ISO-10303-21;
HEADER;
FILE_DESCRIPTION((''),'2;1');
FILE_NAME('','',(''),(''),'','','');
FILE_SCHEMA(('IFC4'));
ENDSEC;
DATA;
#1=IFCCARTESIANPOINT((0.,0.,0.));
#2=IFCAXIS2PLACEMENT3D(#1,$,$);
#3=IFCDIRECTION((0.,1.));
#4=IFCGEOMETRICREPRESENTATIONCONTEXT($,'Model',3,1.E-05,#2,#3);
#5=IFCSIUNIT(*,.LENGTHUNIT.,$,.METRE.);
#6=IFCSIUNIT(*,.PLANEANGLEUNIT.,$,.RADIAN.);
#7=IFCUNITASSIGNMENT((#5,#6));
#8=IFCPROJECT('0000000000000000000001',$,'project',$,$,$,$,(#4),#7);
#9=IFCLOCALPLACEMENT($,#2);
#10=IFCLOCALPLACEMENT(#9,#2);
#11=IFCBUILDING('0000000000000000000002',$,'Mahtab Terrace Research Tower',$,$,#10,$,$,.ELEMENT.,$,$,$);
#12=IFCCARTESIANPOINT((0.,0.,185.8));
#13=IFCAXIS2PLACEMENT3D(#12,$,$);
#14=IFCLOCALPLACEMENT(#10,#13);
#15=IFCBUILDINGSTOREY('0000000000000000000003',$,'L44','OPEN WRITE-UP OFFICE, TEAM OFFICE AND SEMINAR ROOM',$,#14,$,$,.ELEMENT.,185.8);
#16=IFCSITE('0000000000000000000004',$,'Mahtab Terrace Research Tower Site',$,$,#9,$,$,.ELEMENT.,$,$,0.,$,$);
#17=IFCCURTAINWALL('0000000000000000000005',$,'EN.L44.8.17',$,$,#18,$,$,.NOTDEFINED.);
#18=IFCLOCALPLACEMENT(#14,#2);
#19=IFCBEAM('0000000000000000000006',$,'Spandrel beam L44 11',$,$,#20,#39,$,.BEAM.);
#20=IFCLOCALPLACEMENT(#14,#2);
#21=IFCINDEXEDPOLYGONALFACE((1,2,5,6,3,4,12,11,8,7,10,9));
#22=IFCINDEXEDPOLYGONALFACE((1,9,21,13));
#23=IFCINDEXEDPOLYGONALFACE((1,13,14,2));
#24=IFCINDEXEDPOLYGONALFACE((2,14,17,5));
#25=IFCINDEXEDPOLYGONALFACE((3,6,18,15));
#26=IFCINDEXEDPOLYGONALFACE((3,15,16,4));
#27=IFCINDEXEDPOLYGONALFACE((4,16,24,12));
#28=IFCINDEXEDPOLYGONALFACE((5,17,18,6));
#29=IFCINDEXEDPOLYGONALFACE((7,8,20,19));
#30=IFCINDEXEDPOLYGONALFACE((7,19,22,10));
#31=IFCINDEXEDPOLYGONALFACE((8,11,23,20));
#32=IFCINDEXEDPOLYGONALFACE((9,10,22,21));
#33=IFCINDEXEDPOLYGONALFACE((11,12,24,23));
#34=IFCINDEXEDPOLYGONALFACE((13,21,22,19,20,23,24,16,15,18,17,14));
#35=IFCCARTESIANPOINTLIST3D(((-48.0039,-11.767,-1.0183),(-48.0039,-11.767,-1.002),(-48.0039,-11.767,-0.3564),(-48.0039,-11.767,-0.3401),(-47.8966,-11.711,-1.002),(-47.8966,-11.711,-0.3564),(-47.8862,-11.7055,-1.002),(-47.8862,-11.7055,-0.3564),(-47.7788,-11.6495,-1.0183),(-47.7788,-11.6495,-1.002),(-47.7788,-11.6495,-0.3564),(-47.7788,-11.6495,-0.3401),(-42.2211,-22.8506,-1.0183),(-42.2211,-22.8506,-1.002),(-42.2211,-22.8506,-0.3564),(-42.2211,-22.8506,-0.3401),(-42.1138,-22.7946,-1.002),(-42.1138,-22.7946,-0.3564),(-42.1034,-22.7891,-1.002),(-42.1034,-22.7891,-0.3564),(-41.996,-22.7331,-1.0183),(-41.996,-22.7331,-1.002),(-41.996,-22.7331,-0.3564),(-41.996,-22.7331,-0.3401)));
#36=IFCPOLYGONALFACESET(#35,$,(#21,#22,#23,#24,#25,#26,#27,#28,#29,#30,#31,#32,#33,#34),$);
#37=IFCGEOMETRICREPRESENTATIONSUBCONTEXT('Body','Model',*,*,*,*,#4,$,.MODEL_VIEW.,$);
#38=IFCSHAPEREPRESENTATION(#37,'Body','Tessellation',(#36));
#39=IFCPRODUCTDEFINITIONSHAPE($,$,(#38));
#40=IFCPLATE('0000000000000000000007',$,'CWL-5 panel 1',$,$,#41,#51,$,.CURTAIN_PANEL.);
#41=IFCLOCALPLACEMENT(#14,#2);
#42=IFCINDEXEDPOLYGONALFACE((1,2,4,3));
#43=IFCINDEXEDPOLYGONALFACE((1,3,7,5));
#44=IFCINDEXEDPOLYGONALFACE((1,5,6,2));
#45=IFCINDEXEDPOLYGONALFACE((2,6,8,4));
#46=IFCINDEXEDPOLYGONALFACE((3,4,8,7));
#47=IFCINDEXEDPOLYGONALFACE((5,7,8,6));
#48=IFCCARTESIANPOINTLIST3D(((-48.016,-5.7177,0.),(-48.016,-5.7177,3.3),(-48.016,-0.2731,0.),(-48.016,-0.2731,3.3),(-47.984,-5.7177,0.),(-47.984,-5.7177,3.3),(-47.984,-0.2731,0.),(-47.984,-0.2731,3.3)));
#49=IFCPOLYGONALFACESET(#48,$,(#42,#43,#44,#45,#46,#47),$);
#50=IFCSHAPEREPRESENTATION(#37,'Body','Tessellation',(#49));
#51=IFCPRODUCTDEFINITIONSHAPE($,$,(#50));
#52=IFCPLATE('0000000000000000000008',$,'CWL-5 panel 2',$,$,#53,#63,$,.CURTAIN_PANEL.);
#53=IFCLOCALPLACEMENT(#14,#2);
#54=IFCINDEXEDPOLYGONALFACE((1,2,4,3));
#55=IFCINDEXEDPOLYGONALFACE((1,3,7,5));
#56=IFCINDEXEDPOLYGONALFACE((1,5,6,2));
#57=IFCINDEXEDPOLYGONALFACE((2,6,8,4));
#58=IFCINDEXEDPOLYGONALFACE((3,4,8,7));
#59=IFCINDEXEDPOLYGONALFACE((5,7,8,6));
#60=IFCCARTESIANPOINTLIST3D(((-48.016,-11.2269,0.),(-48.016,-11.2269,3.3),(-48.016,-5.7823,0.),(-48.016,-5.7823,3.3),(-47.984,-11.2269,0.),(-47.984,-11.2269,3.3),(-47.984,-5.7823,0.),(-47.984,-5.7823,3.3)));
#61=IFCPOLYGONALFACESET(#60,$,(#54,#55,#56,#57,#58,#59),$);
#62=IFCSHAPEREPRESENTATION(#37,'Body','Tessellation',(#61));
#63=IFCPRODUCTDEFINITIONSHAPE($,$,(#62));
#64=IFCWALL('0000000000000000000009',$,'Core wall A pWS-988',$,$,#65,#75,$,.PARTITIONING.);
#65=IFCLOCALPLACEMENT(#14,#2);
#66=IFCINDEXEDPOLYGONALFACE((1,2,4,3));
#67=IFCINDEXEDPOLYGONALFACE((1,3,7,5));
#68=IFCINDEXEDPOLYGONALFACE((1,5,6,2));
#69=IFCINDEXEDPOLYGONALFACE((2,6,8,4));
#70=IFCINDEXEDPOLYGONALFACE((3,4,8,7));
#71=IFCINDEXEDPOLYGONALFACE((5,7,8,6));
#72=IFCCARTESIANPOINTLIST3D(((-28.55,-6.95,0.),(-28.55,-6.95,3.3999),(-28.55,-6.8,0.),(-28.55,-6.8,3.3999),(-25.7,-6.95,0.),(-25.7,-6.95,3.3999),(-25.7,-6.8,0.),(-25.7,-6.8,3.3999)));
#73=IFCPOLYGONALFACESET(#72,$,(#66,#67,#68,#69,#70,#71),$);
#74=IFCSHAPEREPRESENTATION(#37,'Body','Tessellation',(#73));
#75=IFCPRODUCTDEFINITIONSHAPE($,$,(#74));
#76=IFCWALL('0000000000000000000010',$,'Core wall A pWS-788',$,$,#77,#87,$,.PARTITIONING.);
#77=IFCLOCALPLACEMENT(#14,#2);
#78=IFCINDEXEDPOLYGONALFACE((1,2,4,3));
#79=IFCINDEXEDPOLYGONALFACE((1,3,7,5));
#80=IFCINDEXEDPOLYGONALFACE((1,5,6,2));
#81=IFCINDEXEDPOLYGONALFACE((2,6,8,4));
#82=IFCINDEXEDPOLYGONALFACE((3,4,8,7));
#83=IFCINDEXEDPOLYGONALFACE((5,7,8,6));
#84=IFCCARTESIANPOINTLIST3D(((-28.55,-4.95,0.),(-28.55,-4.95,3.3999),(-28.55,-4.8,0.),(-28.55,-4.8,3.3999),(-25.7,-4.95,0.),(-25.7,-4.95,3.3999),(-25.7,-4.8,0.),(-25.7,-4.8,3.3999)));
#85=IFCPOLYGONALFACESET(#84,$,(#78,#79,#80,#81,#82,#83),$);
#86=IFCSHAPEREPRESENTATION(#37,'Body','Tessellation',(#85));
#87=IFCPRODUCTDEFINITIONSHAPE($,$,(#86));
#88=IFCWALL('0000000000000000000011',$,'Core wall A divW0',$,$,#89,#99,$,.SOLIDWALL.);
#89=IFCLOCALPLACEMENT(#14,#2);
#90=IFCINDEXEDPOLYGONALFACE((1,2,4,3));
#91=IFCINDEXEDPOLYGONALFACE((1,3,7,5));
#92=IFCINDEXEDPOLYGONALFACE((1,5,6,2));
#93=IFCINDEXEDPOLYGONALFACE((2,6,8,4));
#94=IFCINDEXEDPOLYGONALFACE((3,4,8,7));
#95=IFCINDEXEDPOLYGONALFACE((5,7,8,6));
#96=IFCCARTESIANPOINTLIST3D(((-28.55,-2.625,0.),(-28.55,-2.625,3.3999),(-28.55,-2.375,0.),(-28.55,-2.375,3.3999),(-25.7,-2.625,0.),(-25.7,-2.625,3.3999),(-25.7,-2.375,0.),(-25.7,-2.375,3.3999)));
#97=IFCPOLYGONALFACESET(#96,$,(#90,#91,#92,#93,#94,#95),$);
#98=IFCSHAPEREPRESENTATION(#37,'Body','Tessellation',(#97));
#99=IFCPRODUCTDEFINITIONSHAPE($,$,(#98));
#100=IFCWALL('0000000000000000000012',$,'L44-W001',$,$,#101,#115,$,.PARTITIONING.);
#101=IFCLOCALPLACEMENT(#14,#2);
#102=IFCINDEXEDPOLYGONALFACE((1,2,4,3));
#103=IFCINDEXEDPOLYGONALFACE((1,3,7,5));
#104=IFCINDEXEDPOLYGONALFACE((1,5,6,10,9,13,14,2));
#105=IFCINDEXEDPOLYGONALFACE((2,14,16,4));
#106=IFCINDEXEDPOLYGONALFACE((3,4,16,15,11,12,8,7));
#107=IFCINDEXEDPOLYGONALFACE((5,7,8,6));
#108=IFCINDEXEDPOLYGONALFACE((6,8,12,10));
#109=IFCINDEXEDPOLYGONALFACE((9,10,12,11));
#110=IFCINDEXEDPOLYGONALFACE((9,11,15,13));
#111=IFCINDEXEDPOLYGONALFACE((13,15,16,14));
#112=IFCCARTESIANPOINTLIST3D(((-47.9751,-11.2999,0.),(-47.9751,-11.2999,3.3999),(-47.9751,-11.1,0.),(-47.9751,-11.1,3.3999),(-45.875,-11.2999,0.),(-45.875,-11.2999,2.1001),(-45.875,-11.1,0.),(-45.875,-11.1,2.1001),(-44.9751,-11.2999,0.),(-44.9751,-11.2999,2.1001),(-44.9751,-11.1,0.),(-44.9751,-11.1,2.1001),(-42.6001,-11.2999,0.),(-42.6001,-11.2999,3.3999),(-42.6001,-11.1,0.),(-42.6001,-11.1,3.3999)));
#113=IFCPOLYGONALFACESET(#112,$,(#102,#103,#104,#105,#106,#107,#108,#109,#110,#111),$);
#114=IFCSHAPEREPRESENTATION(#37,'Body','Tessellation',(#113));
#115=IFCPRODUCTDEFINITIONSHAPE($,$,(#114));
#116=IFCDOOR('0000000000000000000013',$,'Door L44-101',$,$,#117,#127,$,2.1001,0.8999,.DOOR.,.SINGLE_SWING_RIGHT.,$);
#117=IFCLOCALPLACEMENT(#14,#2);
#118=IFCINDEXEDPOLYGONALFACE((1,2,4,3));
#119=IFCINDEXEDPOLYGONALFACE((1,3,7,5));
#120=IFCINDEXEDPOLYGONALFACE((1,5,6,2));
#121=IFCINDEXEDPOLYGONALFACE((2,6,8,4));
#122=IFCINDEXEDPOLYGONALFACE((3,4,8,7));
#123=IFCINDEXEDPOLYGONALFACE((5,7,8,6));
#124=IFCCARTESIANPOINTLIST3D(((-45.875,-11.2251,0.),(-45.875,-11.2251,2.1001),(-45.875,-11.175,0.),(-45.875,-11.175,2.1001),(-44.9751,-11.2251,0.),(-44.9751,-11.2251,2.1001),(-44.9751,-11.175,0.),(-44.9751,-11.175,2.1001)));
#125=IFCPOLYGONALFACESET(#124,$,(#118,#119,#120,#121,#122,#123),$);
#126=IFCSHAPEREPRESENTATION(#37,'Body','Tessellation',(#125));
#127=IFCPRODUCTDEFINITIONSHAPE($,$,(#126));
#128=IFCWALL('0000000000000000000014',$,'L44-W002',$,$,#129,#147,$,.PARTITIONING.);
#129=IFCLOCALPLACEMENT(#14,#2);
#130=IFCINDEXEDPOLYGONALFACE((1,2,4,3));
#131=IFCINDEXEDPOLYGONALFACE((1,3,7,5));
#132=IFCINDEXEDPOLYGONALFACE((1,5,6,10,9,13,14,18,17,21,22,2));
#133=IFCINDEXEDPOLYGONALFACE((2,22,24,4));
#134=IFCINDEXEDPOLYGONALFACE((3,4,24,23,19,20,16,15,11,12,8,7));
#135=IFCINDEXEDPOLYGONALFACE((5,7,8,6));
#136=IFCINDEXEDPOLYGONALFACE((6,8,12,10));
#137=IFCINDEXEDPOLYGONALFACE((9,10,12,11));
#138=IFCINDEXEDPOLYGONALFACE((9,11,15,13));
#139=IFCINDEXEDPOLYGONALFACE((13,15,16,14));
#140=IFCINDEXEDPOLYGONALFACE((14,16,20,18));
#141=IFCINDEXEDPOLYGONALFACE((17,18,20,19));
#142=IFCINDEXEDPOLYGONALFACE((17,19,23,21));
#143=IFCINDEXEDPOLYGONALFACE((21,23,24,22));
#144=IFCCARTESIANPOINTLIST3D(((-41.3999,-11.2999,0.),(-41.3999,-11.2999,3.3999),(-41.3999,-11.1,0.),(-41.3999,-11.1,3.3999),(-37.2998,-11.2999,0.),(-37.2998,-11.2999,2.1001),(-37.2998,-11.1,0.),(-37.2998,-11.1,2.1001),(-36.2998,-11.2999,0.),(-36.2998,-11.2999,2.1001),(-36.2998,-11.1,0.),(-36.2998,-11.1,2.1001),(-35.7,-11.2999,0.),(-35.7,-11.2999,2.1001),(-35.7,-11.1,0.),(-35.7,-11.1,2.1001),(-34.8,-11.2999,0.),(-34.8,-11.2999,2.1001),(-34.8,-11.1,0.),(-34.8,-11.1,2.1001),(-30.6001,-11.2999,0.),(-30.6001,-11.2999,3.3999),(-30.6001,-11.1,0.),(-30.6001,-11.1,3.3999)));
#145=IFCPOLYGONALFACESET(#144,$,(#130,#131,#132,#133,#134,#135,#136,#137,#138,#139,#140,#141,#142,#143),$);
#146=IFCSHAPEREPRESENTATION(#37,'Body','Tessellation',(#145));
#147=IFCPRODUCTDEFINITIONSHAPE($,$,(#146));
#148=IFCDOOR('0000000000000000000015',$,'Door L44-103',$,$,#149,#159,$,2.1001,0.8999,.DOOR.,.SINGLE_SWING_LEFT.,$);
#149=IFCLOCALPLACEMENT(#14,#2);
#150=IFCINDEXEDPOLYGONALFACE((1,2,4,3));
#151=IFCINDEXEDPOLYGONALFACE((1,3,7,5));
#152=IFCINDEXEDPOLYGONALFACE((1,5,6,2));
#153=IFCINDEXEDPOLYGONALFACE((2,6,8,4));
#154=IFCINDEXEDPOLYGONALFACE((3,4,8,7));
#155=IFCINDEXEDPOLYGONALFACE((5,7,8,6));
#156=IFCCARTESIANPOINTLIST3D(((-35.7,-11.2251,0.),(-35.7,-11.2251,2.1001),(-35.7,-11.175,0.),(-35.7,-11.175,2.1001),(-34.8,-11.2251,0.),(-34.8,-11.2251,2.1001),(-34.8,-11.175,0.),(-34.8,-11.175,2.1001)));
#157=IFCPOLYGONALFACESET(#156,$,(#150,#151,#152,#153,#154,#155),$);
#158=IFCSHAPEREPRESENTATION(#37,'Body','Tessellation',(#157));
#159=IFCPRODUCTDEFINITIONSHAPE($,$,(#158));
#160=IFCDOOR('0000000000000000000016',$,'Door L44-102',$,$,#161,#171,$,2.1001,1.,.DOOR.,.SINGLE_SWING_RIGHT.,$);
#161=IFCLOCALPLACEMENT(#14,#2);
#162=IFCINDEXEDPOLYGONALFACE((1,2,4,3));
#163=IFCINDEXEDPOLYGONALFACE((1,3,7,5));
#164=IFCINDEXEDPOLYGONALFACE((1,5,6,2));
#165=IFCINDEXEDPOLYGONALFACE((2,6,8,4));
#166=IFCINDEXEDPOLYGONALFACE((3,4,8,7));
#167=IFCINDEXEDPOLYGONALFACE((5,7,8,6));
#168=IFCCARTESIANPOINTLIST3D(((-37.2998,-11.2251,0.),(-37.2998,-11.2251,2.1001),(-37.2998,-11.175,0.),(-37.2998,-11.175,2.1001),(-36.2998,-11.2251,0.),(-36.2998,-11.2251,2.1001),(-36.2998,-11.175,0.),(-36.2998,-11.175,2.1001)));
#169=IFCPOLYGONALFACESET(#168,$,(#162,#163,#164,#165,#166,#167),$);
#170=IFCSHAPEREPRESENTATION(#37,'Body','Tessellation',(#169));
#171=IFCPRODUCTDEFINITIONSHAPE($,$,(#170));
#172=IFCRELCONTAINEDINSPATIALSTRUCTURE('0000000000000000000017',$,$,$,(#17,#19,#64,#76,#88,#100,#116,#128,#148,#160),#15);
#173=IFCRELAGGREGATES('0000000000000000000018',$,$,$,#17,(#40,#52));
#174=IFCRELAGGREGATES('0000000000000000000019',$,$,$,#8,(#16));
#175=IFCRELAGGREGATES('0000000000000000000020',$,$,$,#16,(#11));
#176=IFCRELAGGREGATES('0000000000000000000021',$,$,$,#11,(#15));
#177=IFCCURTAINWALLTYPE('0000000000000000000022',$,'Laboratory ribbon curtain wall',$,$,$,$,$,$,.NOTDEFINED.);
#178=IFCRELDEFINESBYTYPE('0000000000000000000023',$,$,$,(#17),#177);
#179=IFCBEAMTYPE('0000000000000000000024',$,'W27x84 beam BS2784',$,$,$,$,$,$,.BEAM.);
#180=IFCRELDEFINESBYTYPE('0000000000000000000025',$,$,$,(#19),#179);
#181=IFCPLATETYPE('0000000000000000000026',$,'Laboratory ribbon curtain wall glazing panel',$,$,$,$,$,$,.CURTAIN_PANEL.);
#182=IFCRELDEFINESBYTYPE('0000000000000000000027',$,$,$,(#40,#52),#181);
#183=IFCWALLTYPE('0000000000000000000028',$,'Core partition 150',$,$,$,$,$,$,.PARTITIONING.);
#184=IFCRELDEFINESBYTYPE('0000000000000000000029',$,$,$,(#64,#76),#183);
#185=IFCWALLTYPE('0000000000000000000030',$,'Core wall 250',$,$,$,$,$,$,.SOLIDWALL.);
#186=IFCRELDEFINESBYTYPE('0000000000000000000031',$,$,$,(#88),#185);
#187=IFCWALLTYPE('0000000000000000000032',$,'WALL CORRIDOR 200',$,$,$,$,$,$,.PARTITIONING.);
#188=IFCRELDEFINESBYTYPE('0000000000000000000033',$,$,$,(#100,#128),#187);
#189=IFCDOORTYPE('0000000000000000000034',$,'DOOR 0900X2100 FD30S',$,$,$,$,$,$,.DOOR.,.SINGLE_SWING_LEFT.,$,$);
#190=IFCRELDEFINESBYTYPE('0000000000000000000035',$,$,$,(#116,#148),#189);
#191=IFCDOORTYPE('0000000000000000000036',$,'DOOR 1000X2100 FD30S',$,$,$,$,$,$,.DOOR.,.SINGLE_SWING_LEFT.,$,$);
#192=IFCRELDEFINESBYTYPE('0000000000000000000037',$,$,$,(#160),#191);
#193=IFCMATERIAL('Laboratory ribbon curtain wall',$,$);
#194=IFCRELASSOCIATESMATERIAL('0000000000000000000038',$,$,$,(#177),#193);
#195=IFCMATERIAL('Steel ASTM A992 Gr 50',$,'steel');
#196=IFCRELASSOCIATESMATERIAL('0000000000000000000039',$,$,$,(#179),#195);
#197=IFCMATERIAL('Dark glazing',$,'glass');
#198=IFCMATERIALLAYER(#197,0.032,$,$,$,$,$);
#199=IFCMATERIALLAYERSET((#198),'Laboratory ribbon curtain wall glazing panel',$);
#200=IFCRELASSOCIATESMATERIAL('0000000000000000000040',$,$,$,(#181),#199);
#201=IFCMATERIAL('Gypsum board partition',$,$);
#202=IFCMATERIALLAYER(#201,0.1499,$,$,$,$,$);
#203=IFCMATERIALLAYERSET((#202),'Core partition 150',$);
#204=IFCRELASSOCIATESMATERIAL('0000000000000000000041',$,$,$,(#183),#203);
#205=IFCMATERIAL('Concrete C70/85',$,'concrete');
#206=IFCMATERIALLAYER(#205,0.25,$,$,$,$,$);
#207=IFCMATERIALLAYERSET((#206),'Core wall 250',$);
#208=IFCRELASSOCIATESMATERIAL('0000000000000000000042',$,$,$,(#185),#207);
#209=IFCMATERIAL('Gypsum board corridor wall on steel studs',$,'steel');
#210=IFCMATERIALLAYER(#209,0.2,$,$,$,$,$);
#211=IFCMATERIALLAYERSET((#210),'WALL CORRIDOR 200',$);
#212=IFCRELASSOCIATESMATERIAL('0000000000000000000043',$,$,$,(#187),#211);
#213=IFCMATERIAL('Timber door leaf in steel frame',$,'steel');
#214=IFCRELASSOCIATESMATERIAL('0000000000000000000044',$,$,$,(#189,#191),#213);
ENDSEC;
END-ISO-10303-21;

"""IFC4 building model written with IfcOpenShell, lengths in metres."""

from ifc_helpers import new_model, si_unit, direction, frame, frame_2d, origin, origin_2d, place, context, subcontext, project, spatial, rectangle, i_section, extrude, material, layer, layer_set, material_profile, profile_set, type_object, element, fill, aggregate, save


model = new_model("IFC4")

# Units and contexts
model_context = context("Model", 3, precision=1e-05, world=origin(), true_north=direction((0.0, 1.0)))
body_context = subcontext(model_context, "Body", "Model", "MODEL_VIEW")
ifc_project = project(units=[si_unit("LENGTHUNIT", "METRE"), si_unit("PLANEANGLEUNIT", "RADIAN")], contexts=[model_context])

# Site, building, storey
site_placement = place(None, origin())
site = spatial("IfcSite", under=ifc_project, at=site_placement, Name="Mahtab Terrace Research Tower Site", CompositionType="ELEMENT", RefElevation=0.0)
building_placement = place(site_placement, origin())
building = spatial("IfcBuilding", under=site, at=building_placement, Name="Mahtab Terrace Research Tower", CompositionType="ELEMENT")
storey_placement = place(building_placement, frame((0.0, 0.0, 185.8)))
storey = spatial("IfcBuildingStorey", under=building, at=storey_placement, Name="L44", Description="OPEN WRITE-UP OFFICE, TEAM OFFICE AND SEMINAR ROOM", CompositionType="ELEMENT", Elevation=185.8)

# Shared definitions
ifc_material_1 = material(Name="Concrete C70/85", Category="concrete")
ifc_material_2 = material(Name="Steel ASTM A992 Gr 50", Category="steel")

# Curtain wall
ifc_material_3 = material(Name="Laboratory ribbon curtain wall")
curtain_wall_type = type_object("IfcCurtainWallType", Name="Laboratory ribbon curtain wall", PredefinedType="NOTDEFINED", material=ifc_material_3)
curtain_wall_1_placement = place(storey_placement, origin())
curtain_wall_1 = element("IfcCurtainWall", 1, at=curtain_wall_1_placement, inside=storey, type_object=curtain_wall_type, Name="EN.L44.8.17", PredefinedType="NOTDEFINED")

# Beam
ifc_material_profile_1 = material_profile(ifc_material_2, i_section(OverallWidth=0.2539, OverallDepth=0.6782, WebThickness=0.0117, FlangeThickness=0.0164, at=origin_2d()), Name="W27X84")
ifc_profile_set_1 = profile_set([ifc_material_profile_1], Name="Steel ASTM A992 Gr 50")
beam_type = type_object("IfcBeamType", Name="W27x84 beam BS2784", PredefinedType="BEAM", material=ifc_profile_set_1)
beam_1_placement = place(storey_placement, frame((-47.8914, -11.7083, -0.6792), z_axis=(0.462567, -0.886584, 0.0), x_axis=(0.886584, 0.462567, 0.0)))
element("IfcBeam", 2, at=beam_1_placement, inside=storey, type_object=beam_type, Name="Spandrel beam L44 11", PredefinedType="BEAM", context=body_context, shape_type="SweptSolid", body=[
    extrude(i_section(OverallWidth=0.2539, OverallDepth=0.6782, WebThickness=0.0117, FlangeThickness=0.0164, at=origin_2d()), origin(), (0.0, 0.0, 1.0), 12.5015),
])

# Plates
ifc_material_4 = material(Name="Dark glazing", Category="glass")
ifc_layer_1 = layer(ifc_material_4, 0.032)
ifc_layer_set_1 = layer_set([ifc_layer_1], Name="Laboratory ribbon curtain wall glazing panel")
plate_type = type_object("IfcPlateType", Name="Laboratory ribbon curtain wall glazing panel", PredefinedType="CURTAIN_PANEL", material=ifc_layer_set_1)
plate_1_placement = place(storey_placement, frame((-48.0, -2.9954, 0.0), z_axis=(0.0, 0.0, 1.0), x_axis=(0.0, -1.0, 0.0)))
plate_1 = element("IfcPlate", 3, at=plate_1_placement, type_object=plate_type, Name="CWL-5 panel 1", PredefinedType="CURTAIN_PANEL", context=body_context, shape_type="SweptSolid", body=[
    extrude(rectangle(XDim=5.4446, YDim=0.032, at=origin_2d()), origin(), (0.0, 0.0, 1.0), 3.3),
])
plate_2_placement = place(storey_placement, frame((-48.0, -8.5046, 0.0), z_axis=(0.0, 0.0, 1.0), x_axis=(0.0, -1.0, 0.0)))
plate_2 = element("IfcPlate", 4, at=plate_2_placement, type_object=plate_type, Name="CWL-5 panel 2", PredefinedType="CURTAIN_PANEL", context=body_context, shape_type="SweptSolid", body=[
    extrude(rectangle(XDim=5.4446, YDim=0.032, at=origin_2d()), origin(), (0.0, 0.0, 1.0), 3.3),
])
aggregate(curtain_wall_1, [plate_1, plate_2])

# Walls
ifc_material_5 = material(Name="Gypsum board partition")
ifc_layer_2 = layer(ifc_material_5, 0.1499)
ifc_layer_set_2 = layer_set([ifc_layer_2], Name="Core partition 150")
wall_type_1 = type_object("IfcWallType", Name="Core partition 150", PredefinedType="PARTITIONING", material=ifc_layer_set_2)
for number, where, z_axis, x_axis, name in (
    (5, (-28.55, -6.875, 0.0), (0.0, 0.0, 1.0), (1.0, 0.0, 0.0), "Core wall A pWS-988"),
    (6, (-28.55, -4.875, 0.0), (0.0, 0.0, 1.0), (1.0, 0.0, 0.0), "Core wall A pWS-788"),
):
    element("IfcWall", number, at=place(storey_placement, frame(where, z_axis=z_axis, x_axis=x_axis)), inside=storey, type_object=wall_type_1, Name=name, PredefinedType="PARTITIONING", context=body_context, shape_type="SweptSolid", body=[
        extrude(rectangle(XDim=2.8501, YDim=0.1499, at=frame_2d((1.425, 0.0))), origin(), (0.0, 0.0, 1.0), 3.3999),
    ])
ifc_layer_3 = layer(ifc_material_1, 0.25)
ifc_layer_set_3 = layer_set([ifc_layer_3], Name="Core wall 250")
wall_type_2 = type_object("IfcWallType", Name="Core wall 250", PredefinedType="SOLIDWALL", material=ifc_layer_set_3)
wall_1_placement = place(storey_placement, frame((-28.55, -2.5, 0.0), z_axis=(0.0, 0.0, 1.0), x_axis=(1.0, 0.0, 0.0)))
element("IfcWall", 7, at=wall_1_placement, inside=storey, type_object=wall_type_2, Name="Core wall A divW0", PredefinedType="SOLIDWALL", context=body_context, shape_type="SweptSolid", body=[
    extrude(rectangle(XDim=2.8501, YDim=0.25, at=frame_2d((1.425, 0.0))), origin(), (0.0, 0.0, 1.0), 3.3999),
])

# Wall, opening, door
ifc_material_6 = material(Name="Gypsum board corridor wall on steel studs", Category="steel")
ifc_layer_4 = layer(ifc_material_6, 0.2)
ifc_layer_set_4 = layer_set([ifc_layer_4], Name="WALL CORRIDOR 200")
wall_type_3 = type_object("IfcWallType", Name="WALL CORRIDOR 200", PredefinedType="PARTITIONING", material=ifc_layer_set_4)
wall_2_placement = place(storey_placement, frame((-47.9751, -11.2, 0.0), z_axis=(0.0, 0.0, 1.0), x_axis=(1.0, 0.0, 0.0)))
wall_2 = element("IfcWall", 8, at=wall_2_placement, inside=storey, type_object=wall_type_3, Name="L44-W001", PredefinedType="PARTITIONING", context=body_context, shape_type="SweptSolid", body=[
    extrude(rectangle(XDim=5.375, YDim=0.2, at=frame_2d((2.6875, 0.0))), origin(), (0.0, 0.0, 1.0), 3.3999),
])
opening_1_placement = place(wall_2_placement, frame((2.1001, 0.0, 0.0)))
opening_1 = element("IfcOpeningElement", 9, at=opening_1_placement, cuts=wall_2, PredefinedType="OPENING", context=body_context, shape_type="SweptSolid", body=[
    extrude(rectangle(XDim=0.8999, YDim=2.1001, at=frame_2d((0.45, 1.05))), frame((0.0, 0.1099, 0.0), z_axis=(0.0, -1.0, 0.0), x_axis=(1.0, 0.0, 0.0)), (0.0, 0.0, 1.0), 0.22),
])
ifc_material_7 = material(Name="Timber door leaf in steel frame", Category="steel")
door_type_1 = type_object("IfcDoorType", Name="DOOR 0900X2100 FD30S", OperationType="SINGLE_SWING_LEFT", PredefinedType="DOOR", material=ifc_material_7)
door_1_placement = place(opening_1_placement, origin())
door_1 = element("IfcDoor", 10, at=door_1_placement, inside=storey, type_object=door_type_1, Name="Door L44-101", OperationType="SINGLE_SWING_RIGHT", OverallHeight=2.1001, OverallWidth=0.8999, PredefinedType="DOOR", context=body_context, shape_type="SweptSolid", body=[
    extrude(rectangle(XDim=0.8999, YDim=2.1001, at=frame_2d((0.45, 1.05))), frame((0.0, 0.0249, 0.0), z_axis=(0.0, -1.0, 0.0), x_axis=(1.0, 0.0, 0.0)), (0.0, 0.0, 1.0), 0.05),
])
fill(opening_1, door_1)

# Wall, openings, doors
wall_3_placement = place(storey_placement, frame((-41.3999, -11.2, 0.0), z_axis=(0.0, 0.0, 1.0), x_axis=(1.0, 0.0, 0.0)))
wall_3 = element("IfcWall", 11, at=wall_3_placement, inside=storey, type_object=wall_type_3, Name="L44-W002", PredefinedType="PARTITIONING", context=body_context, shape_type="SweptSolid", body=[
    extrude(rectangle(XDim=10.7998, YDim=0.2, at=frame_2d((5.3999, 0.0))), origin(), (0.0, 0.0, 1.0), 3.3999),
])
opening_2_placement = place(wall_3_placement, frame((4.1001, 0.0, 0.0)))
opening_2 = element("IfcOpeningElement", 12, at=opening_2_placement, cuts=wall_3, PredefinedType="OPENING", context=body_context, shape_type="SweptSolid", body=[
    extrude(rectangle(XDim=1.0, YDim=2.1001, at=frame_2d((0.5, 1.05))), frame((0.0, 0.1099, 0.0), z_axis=(0.0, -1.0, 0.0), x_axis=(1.0, 0.0, 0.0)), (0.0, 0.0, 1.0), 0.22),
])
opening_3_placement = place(wall_3_placement, frame((5.7, 0.0, 0.0)))
opening_3 = element("IfcOpeningElement", 13, at=opening_3_placement, cuts=wall_3, PredefinedType="OPENING", context=body_context, shape_type="SweptSolid", body=[
    extrude(rectangle(XDim=0.8999, YDim=2.1001, at=frame_2d((0.45, 1.05))), frame((0.0, 0.1099, 0.0), z_axis=(0.0, -1.0, 0.0), x_axis=(1.0, 0.0, 0.0)), (0.0, 0.0, 1.0), 0.22),
])
door_2_placement = place(opening_3_placement, origin())
door_2 = element("IfcDoor", 14, at=door_2_placement, inside=storey, type_object=door_type_1, Name="Door L44-103", OperationType="SINGLE_SWING_LEFT", OverallHeight=2.1001, OverallWidth=0.8999, PredefinedType="DOOR", context=body_context, shape_type="SweptSolid", body=[
    extrude(rectangle(XDim=0.8999, YDim=2.1001, at=frame_2d((0.45, 1.05))), frame((0.0, 0.0249, 0.0), z_axis=(0.0, -1.0, 0.0), x_axis=(1.0, 0.0, 0.0)), (0.0, 0.0, 1.0), 0.05),
])
fill(opening_3, door_2)
door_type_2 = type_object("IfcDoorType", Name="DOOR 1000X2100 FD30S", OperationType="SINGLE_SWING_LEFT", PredefinedType="DOOR", material=ifc_material_7)
door_3_placement = place(opening_2_placement, origin())
door_3 = element("IfcDoor", 15, at=door_3_placement, inside=storey, type_object=door_type_2, Name="Door L44-102", OperationType="SINGLE_SWING_RIGHT", OverallHeight=2.1001, OverallWidth=1.0, PredefinedType="DOOR", context=body_context, shape_type="SweptSolid", body=[
    extrude(rectangle(XDim=1.0, YDim=2.1001, at=frame_2d((0.5, 1.05))), frame((0.0, 0.0249, 0.0), z_axis=(0.0, -1.0, 0.0), x_axis=(1.0, 0.0, 0.0)), (0.0, 0.0, 1.0), 0.05),
])
fill(opening_2, door_3)

save(model, "model.ifc")
